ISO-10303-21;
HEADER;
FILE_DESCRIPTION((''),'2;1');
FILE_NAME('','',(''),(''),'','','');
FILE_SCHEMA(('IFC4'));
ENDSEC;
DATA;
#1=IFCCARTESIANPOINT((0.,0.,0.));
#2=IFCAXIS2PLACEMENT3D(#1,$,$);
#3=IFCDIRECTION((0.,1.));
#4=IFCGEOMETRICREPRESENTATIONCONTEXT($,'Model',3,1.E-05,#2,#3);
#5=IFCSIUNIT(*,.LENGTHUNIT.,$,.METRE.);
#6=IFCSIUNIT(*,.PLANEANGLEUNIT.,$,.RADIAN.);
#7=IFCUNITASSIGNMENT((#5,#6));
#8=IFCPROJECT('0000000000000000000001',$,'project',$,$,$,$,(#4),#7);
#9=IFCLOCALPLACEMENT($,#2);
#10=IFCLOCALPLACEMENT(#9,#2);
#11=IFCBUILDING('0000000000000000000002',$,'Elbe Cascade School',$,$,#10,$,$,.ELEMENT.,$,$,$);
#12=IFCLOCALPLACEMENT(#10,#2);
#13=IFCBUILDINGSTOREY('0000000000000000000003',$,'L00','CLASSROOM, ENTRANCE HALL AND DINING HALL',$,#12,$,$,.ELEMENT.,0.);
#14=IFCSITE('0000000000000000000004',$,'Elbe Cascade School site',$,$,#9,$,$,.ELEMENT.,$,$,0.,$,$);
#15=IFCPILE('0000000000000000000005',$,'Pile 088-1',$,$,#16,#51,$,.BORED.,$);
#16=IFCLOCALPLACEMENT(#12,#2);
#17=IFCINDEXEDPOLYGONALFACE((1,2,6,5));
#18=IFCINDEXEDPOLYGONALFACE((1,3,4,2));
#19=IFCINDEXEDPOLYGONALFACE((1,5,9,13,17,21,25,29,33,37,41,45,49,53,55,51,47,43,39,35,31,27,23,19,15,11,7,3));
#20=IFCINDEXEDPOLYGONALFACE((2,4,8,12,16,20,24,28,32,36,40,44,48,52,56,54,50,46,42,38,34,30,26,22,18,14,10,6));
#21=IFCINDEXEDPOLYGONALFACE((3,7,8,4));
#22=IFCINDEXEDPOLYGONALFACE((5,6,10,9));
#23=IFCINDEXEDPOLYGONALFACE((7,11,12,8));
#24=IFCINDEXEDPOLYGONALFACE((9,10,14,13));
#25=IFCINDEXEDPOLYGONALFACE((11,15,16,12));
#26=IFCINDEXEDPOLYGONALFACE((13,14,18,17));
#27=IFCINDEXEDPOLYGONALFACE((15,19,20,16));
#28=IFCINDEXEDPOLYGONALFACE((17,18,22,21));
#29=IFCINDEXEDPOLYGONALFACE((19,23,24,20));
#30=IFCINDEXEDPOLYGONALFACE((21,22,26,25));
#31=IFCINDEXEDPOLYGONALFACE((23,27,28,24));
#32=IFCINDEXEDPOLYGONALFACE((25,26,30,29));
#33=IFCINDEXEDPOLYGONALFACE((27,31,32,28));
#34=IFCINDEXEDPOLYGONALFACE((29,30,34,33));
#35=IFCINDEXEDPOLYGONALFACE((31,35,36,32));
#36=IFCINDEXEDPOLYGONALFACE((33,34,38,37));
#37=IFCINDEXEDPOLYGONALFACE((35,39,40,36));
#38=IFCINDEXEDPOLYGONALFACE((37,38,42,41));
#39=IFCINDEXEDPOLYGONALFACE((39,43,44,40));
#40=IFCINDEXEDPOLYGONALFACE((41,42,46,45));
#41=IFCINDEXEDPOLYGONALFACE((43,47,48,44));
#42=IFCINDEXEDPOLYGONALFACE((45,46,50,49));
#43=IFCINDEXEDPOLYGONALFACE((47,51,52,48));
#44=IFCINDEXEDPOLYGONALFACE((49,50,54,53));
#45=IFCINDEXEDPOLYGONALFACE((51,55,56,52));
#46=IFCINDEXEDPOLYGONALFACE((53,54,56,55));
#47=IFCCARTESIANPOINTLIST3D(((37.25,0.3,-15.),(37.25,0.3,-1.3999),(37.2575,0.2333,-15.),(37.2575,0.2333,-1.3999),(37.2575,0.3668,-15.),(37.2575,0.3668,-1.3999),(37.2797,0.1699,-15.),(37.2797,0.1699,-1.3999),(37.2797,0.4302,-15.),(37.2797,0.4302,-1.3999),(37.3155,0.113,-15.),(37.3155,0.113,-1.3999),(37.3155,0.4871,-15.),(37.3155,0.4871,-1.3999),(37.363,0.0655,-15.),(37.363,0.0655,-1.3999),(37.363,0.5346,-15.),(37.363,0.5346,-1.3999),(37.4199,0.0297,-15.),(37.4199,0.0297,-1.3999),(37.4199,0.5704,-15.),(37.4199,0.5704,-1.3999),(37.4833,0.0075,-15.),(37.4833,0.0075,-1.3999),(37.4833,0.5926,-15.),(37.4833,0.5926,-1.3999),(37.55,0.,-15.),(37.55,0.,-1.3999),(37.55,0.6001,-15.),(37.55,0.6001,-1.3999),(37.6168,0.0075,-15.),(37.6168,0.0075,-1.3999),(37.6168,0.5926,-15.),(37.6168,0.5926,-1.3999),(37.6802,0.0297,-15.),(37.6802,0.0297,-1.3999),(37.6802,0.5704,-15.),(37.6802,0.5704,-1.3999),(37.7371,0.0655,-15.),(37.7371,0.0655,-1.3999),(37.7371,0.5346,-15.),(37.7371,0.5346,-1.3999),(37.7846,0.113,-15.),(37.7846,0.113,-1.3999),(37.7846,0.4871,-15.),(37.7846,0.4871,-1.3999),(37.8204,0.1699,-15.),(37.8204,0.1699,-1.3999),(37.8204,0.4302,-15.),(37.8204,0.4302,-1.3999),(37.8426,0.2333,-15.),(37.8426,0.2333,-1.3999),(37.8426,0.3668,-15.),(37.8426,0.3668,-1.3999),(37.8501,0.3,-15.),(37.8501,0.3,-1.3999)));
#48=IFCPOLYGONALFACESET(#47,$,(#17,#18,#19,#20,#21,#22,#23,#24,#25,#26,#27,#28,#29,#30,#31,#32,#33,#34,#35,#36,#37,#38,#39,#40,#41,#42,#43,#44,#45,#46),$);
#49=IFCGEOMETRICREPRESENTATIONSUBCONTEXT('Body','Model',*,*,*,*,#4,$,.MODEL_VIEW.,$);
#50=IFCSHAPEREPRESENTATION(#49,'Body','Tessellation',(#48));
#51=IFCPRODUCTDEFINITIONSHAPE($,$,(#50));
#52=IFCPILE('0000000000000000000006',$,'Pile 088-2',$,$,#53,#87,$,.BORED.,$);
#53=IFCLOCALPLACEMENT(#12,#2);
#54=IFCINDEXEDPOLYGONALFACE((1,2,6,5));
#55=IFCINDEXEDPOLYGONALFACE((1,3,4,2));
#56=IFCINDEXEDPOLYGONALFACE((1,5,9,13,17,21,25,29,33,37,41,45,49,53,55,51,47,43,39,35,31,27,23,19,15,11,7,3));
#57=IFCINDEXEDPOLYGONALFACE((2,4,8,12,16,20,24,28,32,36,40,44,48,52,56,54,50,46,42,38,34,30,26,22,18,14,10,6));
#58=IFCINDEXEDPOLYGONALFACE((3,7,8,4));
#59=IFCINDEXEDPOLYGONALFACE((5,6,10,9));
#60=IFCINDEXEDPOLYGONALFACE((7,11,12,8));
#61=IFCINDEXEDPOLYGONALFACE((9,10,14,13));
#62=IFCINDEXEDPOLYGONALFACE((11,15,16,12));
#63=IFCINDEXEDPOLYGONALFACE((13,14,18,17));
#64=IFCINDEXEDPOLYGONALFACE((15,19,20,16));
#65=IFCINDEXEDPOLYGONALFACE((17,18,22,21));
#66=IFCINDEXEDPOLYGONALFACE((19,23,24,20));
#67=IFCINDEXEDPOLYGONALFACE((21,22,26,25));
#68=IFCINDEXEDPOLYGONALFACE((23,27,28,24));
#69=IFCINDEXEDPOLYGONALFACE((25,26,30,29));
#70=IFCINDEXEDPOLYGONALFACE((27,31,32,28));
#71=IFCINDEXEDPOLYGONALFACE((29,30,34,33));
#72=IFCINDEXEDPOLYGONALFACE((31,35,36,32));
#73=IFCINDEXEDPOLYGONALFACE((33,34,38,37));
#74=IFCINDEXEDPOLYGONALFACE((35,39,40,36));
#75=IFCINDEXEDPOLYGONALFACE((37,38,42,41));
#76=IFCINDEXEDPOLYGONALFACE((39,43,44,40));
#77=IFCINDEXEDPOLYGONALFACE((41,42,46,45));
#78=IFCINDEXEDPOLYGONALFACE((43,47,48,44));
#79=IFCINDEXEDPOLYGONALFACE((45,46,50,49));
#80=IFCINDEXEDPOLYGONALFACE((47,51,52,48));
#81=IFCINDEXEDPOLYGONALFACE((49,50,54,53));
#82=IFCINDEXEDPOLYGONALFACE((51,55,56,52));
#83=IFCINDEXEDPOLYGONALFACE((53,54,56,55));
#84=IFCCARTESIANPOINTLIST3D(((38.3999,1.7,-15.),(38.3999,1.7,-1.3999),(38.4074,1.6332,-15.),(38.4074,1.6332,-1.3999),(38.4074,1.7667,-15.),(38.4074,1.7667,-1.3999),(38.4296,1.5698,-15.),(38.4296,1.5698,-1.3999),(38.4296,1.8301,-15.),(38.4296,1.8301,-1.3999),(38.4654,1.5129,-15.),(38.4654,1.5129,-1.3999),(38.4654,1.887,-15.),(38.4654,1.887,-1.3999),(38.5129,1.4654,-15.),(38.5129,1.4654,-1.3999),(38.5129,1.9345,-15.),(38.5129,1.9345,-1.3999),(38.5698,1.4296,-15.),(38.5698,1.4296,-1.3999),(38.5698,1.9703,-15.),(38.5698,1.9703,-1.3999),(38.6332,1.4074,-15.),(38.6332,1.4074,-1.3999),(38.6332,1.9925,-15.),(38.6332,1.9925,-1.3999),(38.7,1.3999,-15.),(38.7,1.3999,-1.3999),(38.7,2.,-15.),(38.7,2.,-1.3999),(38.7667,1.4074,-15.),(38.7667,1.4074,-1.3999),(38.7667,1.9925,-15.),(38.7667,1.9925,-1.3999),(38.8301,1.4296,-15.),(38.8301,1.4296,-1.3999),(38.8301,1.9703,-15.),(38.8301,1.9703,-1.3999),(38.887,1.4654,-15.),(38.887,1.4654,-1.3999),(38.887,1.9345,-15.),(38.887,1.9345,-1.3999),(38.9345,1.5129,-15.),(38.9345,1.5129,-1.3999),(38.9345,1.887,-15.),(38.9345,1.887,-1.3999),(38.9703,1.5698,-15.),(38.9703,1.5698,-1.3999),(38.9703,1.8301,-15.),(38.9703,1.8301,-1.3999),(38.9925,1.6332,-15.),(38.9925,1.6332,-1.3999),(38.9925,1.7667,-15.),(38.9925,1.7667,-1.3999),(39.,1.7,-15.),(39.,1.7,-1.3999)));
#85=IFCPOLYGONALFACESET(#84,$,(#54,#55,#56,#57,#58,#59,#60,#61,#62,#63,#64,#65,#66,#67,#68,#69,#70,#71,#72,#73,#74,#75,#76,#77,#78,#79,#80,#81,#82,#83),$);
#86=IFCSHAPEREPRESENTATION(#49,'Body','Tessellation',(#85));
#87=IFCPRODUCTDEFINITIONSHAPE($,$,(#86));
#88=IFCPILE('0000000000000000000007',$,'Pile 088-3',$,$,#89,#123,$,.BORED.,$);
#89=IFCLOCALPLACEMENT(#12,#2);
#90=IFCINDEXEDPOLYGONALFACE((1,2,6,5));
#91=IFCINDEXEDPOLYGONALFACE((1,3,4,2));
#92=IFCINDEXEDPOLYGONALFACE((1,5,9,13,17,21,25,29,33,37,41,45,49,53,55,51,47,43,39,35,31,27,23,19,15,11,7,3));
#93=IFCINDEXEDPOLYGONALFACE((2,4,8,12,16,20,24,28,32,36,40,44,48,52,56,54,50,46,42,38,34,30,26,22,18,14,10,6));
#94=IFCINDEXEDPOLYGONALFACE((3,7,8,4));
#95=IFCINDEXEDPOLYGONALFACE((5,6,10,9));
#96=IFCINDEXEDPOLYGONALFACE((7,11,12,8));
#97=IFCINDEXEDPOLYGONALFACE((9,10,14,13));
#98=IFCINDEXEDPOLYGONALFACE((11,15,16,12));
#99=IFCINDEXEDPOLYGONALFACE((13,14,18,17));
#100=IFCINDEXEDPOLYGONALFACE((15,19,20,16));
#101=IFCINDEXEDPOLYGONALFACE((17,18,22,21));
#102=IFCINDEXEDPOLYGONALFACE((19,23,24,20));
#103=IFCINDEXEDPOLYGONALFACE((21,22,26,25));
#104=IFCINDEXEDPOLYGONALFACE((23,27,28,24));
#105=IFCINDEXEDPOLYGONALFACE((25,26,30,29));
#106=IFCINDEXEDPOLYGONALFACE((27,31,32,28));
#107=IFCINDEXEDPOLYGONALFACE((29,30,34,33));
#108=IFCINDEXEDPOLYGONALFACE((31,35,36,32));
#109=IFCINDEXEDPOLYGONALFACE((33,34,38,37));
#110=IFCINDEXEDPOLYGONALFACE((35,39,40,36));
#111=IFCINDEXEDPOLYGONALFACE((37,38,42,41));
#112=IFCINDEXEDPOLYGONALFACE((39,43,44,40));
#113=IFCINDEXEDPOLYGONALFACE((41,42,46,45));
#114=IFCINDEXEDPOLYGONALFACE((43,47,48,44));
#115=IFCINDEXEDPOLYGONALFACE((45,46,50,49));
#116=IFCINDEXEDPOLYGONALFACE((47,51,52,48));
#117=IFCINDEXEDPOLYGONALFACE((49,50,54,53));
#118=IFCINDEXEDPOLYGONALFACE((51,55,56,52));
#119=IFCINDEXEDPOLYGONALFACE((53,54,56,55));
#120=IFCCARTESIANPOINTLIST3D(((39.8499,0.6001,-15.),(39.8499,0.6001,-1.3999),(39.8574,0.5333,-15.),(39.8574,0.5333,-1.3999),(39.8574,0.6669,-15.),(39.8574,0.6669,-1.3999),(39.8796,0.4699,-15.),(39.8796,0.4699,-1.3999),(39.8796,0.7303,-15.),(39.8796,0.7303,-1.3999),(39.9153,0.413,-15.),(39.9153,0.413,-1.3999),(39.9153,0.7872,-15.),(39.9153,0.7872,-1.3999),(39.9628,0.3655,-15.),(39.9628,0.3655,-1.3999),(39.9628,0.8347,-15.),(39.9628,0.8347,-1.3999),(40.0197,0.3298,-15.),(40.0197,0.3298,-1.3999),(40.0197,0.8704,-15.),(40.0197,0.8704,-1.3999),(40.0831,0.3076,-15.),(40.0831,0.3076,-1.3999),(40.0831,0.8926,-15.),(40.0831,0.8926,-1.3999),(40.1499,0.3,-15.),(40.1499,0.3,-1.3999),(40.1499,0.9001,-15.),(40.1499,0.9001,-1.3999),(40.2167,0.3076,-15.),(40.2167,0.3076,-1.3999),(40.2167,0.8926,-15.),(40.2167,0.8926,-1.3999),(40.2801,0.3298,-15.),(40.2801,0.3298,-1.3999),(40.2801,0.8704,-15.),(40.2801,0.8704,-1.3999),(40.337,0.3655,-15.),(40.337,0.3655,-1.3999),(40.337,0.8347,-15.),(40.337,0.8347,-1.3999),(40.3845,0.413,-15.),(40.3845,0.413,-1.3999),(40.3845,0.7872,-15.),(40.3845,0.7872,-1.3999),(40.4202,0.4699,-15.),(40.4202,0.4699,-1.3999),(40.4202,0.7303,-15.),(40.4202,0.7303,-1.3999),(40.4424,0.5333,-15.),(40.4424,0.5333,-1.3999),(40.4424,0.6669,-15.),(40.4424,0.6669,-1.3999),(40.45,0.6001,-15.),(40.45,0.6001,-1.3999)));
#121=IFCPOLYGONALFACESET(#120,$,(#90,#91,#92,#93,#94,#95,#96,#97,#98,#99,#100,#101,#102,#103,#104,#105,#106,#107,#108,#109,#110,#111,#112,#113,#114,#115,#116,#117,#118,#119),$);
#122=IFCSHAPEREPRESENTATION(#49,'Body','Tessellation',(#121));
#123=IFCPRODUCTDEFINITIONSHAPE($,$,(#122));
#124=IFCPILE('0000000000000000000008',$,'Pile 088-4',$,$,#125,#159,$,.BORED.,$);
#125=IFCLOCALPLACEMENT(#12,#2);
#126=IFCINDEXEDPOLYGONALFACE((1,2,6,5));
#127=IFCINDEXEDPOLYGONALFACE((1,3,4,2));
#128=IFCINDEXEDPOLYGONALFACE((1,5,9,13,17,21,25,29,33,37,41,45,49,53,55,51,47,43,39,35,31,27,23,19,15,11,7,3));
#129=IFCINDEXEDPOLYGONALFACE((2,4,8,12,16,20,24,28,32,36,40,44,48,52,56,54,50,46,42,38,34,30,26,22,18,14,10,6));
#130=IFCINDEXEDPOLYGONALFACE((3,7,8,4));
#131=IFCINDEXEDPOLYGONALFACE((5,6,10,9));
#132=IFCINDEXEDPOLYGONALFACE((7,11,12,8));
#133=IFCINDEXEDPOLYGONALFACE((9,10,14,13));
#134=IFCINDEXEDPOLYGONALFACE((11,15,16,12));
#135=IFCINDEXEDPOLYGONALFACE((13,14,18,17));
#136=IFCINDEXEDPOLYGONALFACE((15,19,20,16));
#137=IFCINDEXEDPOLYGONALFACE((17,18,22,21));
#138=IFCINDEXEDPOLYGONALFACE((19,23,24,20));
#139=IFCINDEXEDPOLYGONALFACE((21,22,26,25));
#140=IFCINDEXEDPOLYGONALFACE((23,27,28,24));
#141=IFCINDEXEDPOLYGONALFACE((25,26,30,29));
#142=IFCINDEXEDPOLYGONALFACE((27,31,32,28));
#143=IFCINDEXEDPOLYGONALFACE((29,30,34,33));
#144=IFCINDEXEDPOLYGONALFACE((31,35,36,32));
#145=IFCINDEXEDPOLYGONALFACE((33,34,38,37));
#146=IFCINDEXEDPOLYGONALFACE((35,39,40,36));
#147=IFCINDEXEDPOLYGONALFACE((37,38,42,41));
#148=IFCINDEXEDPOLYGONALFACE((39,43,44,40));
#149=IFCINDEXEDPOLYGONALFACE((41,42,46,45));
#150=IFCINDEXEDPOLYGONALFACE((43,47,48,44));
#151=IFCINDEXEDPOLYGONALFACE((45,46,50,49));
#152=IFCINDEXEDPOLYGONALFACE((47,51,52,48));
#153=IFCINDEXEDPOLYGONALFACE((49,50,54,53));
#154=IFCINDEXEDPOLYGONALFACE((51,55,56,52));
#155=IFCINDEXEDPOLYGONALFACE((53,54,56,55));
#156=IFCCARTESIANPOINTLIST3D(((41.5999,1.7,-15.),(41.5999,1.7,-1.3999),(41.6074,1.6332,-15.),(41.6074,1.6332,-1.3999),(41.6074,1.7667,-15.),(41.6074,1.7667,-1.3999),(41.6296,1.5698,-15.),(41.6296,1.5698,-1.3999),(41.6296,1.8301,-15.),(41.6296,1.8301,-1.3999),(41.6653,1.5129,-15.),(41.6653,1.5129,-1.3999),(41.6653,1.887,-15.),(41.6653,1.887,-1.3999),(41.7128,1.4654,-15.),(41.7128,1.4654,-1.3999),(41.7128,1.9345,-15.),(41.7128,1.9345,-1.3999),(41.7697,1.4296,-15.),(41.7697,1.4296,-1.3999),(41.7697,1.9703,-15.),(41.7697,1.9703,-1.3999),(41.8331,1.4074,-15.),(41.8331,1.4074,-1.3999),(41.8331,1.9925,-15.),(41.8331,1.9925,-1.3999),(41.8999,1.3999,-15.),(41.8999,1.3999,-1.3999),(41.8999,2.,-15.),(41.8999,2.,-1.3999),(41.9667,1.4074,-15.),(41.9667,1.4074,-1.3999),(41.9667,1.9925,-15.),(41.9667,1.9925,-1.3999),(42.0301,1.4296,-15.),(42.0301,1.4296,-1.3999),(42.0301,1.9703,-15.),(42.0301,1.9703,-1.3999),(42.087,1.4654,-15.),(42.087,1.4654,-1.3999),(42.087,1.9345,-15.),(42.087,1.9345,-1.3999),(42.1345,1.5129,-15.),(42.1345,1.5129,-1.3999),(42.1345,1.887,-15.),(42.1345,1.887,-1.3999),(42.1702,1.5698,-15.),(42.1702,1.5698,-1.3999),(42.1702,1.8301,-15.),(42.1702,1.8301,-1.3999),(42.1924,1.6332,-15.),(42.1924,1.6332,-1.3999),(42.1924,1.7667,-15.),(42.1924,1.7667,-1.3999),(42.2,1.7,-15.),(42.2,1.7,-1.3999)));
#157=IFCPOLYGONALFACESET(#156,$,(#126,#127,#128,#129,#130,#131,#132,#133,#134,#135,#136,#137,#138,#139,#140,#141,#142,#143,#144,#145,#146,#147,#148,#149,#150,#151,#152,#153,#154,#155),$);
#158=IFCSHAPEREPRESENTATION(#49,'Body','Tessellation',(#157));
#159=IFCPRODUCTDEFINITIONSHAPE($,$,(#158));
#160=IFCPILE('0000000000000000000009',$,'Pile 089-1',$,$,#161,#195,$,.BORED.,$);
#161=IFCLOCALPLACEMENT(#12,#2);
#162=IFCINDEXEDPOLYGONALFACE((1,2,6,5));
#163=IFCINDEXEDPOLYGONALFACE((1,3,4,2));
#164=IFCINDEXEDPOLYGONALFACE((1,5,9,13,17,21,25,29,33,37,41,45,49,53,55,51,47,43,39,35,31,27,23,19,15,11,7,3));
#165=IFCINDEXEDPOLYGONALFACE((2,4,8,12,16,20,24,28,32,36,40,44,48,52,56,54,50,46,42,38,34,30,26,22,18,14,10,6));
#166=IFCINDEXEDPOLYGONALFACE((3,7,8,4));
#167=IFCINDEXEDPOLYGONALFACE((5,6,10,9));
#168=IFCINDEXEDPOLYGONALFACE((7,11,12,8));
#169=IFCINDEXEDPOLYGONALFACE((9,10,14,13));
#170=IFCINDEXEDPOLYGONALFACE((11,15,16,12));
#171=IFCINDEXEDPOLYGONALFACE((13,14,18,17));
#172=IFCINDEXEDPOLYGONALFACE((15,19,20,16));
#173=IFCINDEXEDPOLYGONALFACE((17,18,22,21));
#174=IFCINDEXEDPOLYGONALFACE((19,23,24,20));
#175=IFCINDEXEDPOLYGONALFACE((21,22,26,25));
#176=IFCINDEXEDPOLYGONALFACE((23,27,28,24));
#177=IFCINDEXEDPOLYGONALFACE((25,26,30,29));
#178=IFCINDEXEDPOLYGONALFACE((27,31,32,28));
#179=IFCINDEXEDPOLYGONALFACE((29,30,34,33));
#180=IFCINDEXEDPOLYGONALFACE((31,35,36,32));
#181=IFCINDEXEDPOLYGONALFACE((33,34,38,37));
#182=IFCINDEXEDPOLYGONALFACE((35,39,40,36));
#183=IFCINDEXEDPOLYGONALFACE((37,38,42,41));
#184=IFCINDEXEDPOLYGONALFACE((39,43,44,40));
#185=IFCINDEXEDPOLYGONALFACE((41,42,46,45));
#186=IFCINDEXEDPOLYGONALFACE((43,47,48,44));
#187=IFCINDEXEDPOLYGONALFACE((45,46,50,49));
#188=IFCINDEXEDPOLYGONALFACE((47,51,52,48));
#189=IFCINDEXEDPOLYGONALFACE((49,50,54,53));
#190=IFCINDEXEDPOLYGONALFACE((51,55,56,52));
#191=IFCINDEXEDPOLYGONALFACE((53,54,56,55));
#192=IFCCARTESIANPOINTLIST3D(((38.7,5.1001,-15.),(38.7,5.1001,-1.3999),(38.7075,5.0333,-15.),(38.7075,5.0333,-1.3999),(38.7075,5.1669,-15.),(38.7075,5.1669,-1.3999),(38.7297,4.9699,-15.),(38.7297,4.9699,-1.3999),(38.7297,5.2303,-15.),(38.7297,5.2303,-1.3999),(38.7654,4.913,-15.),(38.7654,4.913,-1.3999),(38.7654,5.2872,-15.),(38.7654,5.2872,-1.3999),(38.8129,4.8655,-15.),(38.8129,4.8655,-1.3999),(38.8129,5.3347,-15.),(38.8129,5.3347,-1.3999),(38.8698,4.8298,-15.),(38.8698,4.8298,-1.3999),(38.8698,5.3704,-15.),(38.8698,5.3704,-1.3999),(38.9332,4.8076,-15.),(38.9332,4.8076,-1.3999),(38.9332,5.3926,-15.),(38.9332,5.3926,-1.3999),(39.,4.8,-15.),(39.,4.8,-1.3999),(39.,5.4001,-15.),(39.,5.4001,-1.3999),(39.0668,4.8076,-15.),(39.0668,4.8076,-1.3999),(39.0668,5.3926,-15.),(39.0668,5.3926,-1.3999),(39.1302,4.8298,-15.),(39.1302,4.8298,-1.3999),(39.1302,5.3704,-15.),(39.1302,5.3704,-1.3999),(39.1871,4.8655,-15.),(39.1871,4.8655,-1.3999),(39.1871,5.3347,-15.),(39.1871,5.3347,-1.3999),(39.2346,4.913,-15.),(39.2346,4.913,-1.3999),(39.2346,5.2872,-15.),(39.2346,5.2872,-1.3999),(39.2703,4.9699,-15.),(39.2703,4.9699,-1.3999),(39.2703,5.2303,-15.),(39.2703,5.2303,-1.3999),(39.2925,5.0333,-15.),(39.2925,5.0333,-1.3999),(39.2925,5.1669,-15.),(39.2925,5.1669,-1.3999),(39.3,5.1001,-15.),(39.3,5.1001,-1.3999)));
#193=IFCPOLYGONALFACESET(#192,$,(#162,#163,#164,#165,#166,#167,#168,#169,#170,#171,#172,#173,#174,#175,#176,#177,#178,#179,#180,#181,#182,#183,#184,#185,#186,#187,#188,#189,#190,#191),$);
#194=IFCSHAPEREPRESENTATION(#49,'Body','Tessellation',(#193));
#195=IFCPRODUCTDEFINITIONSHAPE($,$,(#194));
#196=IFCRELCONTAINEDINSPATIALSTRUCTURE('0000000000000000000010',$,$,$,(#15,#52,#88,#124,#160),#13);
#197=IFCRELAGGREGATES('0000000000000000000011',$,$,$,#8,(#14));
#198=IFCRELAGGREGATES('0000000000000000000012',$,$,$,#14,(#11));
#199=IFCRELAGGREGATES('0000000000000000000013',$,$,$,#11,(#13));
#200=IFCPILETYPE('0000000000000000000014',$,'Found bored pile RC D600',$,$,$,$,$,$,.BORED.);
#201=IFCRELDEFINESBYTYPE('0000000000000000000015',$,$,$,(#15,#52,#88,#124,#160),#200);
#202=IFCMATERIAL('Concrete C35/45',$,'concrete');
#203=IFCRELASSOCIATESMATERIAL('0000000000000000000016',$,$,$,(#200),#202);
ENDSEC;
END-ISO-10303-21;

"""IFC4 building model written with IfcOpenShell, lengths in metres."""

from ifc_helpers import new_model, si_unit, direction, frame, origin, origin_2d, place, context, subcontext, project, spatial, circle, extrude, material, material_profile, profile_set, type_object, element, save


model = new_model("IFC4")

# Units and contexts
model_context = context("Model", 3, precision=1e-05, world=origin(), true_north=direction((0.0, 1.0)))
body_context = subcontext(model_context, "Body", "Model", "MODEL_VIEW")
ifc_project = project(units=[si_unit("LENGTHUNIT", "METRE"), si_unit("PLANEANGLEUNIT", "RADIAN")], contexts=[model_context])

# Site, building, storey
site_placement = place(None, origin())
site = spatial("IfcSite", under=ifc_project, at=site_placement, Name="Elbe Cascade School site", CompositionType="ELEMENT", RefElevation=0.0)
building_placement = place(site_placement, origin())
building = spatial("IfcBuilding", under=site, at=building_placement, Name="Elbe Cascade School", CompositionType="ELEMENT")
storey_placement = place(building_placement, origin())
storey = spatial("IfcBuildingStorey", under=building, at=storey_placement, Name="L00", Description="CLASSROOM, ENTRANCE HALL AND DINING HALL", CompositionType="ELEMENT", Elevation=0.0)

# Piles
ifc_material_1 = material(Name="Concrete C35/45", Category="concrete")
ifc_material_profile_1 = material_profile(ifc_material_1, circle(Radius=0.3, at=origin_2d()), Name="RC D600")
ifc_profile_set_1 = profile_set([ifc_material_profile_1], Name="Concrete C35/45")
pile_type = type_object("IfcPileType", Name="Found bored pile RC D600", PredefinedType="BORED", material=ifc_profile_set_1)
for number, where, z_axis, x_axis, name in (
    (1, (37.55, 0.3, -1.3999), (0.0, 0.0, -1.0), (1.0, 0.0, 0.0), "Pile 088-1"),
    (2, (38.7, 1.7, -1.3999), (0.0, 0.0, -1.0), (1.0, 0.0, 0.0), "Pile 088-2"),
    (3, (40.1499, 0.6001, -1.3999), (0.0, 0.0, -1.0), (1.0, 0.0, 0.0), "Pile 088-3"),
    (4, (41.8999, 1.7, -1.3999), (0.0, 0.0, -1.0), (1.0, 0.0, 0.0), "Pile 088-4"),
    (5, (39.0, 5.1001, -1.3999), (0.0, 0.0, -1.0), (1.0, 0.0, 0.0), "Pile 089-1"),
):
    element("IfcPile", number, at=place(storey_placement, frame(where, z_axis=z_axis, x_axis=x_axis)), inside=storey, type_object=pile_type, Name=name, PredefinedType="BORED", context=body_context, shape_type="SweptSolid", body=[
        extrude(circle(Radius=0.3, at=origin_2d()), origin(), (0.0, 0.0, 1.0), 13.6001),
    ])

save(model, "model.ifc")
